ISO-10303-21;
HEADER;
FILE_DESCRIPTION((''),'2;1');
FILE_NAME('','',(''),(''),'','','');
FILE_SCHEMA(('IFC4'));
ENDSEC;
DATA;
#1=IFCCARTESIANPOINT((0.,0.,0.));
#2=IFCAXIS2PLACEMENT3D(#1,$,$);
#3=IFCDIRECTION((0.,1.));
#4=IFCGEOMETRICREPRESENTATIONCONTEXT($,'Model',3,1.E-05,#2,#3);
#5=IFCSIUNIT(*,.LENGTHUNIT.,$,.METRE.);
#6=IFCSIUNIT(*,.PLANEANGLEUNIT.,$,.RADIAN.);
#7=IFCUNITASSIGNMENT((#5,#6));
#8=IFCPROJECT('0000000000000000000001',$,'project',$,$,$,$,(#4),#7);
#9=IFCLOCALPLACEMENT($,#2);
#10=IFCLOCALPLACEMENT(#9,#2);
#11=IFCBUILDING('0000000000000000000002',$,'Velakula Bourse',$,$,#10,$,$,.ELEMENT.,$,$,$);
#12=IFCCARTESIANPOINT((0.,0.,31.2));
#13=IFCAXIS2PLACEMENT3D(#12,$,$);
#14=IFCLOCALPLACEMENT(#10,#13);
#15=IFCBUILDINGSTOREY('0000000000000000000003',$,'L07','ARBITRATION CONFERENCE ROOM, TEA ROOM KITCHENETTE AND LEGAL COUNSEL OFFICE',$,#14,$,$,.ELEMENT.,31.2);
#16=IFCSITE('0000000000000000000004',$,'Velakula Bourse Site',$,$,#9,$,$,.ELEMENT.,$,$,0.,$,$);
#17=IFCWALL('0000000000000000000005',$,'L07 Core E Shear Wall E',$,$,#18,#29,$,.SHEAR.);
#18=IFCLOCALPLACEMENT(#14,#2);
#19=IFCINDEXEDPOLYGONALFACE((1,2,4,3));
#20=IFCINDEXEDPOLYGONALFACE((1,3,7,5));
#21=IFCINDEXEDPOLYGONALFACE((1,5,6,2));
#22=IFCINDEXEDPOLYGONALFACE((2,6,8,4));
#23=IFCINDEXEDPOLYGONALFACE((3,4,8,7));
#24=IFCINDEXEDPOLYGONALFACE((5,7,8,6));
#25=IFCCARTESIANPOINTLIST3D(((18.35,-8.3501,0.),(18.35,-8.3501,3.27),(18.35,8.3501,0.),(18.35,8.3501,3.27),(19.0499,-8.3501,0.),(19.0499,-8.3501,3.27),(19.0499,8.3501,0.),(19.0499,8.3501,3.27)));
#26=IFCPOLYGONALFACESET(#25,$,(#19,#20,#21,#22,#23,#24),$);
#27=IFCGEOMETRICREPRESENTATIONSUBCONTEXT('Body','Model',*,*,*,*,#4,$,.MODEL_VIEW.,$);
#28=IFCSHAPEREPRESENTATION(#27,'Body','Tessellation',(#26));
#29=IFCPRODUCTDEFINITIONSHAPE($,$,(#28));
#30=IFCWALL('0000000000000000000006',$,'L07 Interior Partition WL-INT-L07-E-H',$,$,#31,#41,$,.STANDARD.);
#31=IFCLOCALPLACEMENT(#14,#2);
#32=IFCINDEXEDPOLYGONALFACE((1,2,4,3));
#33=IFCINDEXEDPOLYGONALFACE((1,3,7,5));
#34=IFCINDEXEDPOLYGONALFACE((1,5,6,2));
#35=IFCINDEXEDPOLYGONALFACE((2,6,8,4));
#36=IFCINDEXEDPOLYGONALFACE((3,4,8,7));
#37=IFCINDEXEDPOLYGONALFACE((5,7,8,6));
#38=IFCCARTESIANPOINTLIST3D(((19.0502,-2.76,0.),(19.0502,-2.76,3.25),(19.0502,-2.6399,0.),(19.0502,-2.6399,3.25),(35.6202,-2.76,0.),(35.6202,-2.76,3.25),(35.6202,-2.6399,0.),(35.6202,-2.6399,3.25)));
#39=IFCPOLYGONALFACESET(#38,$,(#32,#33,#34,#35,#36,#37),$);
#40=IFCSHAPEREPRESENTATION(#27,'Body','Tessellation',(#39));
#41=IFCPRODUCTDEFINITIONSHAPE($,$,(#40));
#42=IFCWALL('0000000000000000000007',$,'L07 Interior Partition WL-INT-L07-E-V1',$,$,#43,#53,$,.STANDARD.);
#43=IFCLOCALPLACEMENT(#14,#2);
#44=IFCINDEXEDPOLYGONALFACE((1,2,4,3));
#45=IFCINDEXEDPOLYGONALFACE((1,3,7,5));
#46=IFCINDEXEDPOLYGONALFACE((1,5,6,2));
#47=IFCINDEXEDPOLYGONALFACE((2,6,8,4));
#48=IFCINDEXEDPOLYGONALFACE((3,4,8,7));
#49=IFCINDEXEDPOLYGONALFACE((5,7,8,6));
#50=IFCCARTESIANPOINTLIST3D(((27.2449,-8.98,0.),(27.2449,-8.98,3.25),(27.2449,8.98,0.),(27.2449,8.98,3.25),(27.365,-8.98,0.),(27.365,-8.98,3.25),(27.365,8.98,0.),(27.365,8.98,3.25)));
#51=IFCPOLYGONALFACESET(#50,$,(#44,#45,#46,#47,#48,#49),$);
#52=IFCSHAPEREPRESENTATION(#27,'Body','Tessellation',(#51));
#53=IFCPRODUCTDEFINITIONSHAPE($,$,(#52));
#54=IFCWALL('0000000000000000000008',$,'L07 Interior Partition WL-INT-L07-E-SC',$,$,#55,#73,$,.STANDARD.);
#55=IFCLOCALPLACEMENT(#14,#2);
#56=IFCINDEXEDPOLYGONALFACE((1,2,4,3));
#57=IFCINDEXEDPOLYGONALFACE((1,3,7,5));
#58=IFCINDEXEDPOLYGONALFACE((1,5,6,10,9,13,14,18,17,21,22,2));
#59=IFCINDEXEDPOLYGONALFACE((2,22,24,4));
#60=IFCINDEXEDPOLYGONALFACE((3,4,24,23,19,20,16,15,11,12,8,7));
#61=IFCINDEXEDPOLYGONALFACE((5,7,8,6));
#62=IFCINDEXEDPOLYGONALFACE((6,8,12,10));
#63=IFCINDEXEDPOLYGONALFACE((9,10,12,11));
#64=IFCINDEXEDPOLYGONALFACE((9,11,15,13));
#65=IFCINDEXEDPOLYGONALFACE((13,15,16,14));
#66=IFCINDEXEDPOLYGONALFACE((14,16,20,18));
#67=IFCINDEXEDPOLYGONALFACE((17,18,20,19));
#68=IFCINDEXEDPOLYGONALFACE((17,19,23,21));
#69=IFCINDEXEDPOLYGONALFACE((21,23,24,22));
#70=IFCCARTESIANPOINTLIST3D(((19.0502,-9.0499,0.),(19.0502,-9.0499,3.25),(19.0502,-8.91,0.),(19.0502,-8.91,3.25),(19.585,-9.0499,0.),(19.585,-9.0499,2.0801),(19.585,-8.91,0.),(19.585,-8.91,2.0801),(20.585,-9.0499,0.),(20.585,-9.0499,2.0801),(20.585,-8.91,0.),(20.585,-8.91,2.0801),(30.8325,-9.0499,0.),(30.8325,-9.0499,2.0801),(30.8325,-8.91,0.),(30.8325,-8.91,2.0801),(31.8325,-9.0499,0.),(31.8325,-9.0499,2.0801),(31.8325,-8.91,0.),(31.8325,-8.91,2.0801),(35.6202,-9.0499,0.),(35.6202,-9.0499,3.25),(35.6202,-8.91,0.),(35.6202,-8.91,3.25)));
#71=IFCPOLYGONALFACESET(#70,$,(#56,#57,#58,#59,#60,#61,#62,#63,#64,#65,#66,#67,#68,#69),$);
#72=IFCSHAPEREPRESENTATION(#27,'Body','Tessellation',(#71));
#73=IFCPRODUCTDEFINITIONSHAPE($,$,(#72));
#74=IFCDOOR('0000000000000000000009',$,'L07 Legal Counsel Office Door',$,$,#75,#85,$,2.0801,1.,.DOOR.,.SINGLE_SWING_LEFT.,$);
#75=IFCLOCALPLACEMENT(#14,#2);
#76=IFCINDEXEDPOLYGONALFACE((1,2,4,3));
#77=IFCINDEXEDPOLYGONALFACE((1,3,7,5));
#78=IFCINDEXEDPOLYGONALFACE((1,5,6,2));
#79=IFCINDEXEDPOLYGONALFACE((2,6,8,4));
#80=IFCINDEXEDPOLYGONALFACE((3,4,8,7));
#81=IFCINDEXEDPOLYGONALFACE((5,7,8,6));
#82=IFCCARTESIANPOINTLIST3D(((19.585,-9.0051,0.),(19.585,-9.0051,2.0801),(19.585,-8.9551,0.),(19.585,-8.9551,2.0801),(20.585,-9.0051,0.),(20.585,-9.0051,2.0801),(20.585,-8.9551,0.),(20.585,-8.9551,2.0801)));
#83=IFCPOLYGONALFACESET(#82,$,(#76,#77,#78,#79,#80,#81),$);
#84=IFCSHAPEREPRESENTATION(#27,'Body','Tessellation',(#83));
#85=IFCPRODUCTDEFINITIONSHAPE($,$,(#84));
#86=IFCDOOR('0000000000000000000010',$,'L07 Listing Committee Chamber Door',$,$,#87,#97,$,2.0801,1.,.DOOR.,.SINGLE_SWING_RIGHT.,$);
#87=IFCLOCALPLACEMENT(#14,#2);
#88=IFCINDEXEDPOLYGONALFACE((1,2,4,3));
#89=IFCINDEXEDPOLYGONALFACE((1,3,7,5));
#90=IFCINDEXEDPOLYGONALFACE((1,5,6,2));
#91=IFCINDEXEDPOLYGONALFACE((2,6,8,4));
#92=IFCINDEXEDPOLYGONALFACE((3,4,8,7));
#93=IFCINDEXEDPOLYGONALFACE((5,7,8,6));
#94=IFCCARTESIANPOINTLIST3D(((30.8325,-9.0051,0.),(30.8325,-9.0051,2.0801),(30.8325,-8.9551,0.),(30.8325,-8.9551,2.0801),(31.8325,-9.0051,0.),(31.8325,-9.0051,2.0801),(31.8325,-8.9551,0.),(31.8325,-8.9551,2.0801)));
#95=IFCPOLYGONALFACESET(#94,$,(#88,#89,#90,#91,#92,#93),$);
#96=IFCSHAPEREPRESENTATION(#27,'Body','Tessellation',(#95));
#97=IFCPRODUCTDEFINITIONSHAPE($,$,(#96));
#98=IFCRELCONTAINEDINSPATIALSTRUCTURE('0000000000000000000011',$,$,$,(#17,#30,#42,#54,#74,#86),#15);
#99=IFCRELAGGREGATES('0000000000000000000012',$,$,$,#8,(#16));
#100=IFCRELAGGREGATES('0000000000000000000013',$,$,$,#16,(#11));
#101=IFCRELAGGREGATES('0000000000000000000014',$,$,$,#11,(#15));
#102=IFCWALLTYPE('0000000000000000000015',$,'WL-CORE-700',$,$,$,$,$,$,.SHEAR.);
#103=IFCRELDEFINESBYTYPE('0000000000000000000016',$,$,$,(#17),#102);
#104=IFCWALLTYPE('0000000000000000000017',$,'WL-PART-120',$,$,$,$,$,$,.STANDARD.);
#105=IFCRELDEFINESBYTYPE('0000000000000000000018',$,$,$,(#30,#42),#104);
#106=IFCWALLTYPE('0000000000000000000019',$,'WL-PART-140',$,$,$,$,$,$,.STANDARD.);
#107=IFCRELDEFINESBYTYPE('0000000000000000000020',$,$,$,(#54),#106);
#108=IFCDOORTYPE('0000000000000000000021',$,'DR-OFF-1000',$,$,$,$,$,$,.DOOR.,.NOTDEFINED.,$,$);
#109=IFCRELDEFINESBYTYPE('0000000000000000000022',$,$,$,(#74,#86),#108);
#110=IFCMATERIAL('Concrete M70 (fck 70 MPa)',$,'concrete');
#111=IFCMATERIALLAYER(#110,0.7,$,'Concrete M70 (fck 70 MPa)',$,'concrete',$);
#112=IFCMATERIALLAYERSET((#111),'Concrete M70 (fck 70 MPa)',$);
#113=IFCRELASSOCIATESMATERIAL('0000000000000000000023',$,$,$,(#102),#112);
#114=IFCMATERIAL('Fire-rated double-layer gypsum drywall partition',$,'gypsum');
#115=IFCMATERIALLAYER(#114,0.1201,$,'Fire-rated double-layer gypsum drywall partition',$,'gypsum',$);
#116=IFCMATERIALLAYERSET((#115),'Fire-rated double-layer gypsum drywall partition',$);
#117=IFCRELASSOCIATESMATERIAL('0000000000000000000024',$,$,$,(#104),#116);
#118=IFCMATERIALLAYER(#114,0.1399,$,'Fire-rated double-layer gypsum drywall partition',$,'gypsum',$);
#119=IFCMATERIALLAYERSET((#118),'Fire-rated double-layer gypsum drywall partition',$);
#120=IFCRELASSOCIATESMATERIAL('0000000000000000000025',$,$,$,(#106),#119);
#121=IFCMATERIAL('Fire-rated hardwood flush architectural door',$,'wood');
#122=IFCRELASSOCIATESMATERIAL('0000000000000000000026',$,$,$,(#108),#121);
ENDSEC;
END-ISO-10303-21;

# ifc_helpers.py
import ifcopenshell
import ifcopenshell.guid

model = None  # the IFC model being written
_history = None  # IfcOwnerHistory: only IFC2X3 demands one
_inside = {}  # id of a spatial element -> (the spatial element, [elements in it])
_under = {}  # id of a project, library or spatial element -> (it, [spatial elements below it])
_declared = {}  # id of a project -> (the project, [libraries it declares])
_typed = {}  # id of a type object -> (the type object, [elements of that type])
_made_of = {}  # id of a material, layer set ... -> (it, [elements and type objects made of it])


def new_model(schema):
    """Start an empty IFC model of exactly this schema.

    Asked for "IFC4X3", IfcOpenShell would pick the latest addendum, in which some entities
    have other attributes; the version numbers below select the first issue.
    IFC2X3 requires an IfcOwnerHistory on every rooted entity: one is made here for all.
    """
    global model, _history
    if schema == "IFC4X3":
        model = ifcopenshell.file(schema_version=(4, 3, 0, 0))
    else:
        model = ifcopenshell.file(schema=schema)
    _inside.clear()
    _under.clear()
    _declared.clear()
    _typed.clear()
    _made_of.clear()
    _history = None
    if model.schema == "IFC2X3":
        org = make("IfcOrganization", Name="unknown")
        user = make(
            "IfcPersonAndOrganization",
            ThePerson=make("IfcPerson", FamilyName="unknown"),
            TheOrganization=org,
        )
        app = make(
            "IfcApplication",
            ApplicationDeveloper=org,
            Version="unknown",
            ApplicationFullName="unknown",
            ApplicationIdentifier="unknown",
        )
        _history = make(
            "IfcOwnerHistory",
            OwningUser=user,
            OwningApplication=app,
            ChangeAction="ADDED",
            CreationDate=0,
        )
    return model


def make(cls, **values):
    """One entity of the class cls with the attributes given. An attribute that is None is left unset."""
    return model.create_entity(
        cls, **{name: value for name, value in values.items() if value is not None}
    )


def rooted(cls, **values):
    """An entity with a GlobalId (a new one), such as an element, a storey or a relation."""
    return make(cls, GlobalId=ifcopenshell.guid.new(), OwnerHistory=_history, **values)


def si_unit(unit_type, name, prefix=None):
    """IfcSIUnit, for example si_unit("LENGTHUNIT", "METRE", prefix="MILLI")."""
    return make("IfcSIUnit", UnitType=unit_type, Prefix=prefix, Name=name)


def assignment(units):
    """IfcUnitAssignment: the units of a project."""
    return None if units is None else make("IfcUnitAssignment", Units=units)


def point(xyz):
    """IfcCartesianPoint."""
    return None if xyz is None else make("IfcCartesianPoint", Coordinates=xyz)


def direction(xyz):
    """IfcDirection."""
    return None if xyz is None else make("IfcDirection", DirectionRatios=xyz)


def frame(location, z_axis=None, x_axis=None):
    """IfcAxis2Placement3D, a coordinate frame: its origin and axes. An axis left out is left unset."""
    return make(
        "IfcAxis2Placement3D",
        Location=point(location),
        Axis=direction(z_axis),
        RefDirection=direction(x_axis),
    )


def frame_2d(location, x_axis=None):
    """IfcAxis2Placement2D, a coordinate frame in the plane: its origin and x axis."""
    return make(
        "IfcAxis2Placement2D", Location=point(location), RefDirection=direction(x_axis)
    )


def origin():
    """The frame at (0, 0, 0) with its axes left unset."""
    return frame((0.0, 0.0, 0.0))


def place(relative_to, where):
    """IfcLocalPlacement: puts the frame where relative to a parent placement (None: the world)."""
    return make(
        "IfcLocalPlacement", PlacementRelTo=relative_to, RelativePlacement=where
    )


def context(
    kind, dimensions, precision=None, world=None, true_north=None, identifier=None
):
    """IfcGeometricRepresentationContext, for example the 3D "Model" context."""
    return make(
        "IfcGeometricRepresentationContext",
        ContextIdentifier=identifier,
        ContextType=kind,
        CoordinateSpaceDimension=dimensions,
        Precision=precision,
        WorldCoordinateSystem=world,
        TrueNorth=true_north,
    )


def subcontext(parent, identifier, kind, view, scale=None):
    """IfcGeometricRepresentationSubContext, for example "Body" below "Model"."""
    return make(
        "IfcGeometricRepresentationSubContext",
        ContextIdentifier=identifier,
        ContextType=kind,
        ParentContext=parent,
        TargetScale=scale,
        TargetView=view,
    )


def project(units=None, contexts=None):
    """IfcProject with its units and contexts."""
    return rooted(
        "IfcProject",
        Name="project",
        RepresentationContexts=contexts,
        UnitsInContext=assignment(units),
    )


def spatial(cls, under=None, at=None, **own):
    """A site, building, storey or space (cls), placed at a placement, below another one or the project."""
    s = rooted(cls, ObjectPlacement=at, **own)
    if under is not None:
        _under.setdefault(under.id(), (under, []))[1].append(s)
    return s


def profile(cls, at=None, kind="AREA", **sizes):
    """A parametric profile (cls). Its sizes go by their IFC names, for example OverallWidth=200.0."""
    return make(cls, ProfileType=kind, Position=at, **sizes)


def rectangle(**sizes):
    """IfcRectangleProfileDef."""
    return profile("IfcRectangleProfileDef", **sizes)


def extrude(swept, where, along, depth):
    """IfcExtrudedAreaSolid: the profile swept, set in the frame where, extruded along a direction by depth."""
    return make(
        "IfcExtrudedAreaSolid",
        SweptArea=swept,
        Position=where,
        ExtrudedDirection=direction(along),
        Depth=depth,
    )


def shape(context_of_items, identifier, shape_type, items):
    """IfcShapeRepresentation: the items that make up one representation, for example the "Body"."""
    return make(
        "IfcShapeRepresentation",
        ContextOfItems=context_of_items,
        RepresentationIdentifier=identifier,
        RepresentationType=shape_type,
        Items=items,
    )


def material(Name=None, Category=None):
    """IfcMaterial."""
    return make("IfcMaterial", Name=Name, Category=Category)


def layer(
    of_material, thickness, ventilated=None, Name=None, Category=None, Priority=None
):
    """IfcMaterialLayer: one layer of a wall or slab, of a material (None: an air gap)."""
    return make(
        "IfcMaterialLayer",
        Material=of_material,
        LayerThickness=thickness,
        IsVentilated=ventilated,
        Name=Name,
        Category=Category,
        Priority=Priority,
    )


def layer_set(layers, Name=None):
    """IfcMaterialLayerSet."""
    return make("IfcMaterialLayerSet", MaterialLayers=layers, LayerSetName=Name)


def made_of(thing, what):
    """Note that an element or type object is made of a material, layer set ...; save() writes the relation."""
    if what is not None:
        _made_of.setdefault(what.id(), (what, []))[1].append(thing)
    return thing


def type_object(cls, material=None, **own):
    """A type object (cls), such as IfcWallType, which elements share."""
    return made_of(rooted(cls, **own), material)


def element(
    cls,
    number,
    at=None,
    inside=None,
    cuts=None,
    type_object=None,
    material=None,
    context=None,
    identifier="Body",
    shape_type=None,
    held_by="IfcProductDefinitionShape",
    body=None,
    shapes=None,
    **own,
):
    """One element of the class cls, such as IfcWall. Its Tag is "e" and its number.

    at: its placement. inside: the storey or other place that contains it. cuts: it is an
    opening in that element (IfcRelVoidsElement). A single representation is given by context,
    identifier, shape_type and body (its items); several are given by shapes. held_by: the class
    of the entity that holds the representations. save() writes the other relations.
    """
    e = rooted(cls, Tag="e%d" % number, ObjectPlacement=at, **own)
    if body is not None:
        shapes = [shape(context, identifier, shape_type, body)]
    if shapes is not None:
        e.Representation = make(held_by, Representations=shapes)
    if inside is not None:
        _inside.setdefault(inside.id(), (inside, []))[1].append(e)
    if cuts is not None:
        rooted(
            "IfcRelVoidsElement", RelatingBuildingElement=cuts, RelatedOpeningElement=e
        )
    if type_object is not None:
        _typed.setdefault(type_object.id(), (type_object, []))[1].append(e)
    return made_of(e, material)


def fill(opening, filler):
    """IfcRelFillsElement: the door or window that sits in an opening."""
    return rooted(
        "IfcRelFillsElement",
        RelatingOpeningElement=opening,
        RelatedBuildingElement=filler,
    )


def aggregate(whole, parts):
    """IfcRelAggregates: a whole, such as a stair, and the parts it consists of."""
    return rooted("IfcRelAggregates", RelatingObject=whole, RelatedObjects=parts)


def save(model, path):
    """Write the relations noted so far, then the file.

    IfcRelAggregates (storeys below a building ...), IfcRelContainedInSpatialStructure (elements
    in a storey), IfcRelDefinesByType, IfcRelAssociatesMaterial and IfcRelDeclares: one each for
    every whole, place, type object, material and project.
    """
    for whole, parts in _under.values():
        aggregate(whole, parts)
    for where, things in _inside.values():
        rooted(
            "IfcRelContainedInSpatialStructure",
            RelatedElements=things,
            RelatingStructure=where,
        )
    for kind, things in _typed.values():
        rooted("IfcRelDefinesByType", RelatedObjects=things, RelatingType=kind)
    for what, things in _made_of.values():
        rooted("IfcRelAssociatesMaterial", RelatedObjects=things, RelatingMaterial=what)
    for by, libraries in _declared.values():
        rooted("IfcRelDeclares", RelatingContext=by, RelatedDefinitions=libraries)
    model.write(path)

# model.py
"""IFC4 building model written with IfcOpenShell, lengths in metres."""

from ifc_helpers import new_model, si_unit, direction, frame, frame_2d, origin, place, context, subcontext, project, spatial, rectangle, extrude, material, layer, layer_set, type_object, element, fill, save


model = new_model("IFC4")

# Units and contexts
model_context = context("Model", 3, precision=1e-05, world=origin(), true_north=direction((0.0, 1.0)))
body_context = subcontext(model_context, "Body", "Model", "MODEL_VIEW")
ifc_project = project(units=[si_unit("LENGTHUNIT", "METRE"), si_unit("PLANEANGLEUNIT", "RADIAN")], contexts=[model_context])

# Site, building, storey
site_placement = place(None, origin())
site = spatial("IfcSite", under=ifc_project, at=site_placement, Name="Velakula Bourse Site", CompositionType="ELEMENT", RefElevation=0.0)
building_placement = place(site_placement, origin())
building = spatial("IfcBuilding", under=site, at=building_placement, Name="Velakula Bourse", CompositionType="ELEMENT")
storey_placement = place(building_placement, frame((0.0, 0.0, 31.2)))
storey = spatial("IfcBuildingStorey", under=building, at=storey_placement, Name="L07", Description="ARBITRATION CONFERENCE ROOM, TEA ROOM KITCHENETTE AND LEGAL COUNSEL OFFICE", CompositionType="ELEMENT", Elevation=31.2)

# Shared definitions
ifc_material_1 = material(Name="Concrete M70 (fck 70 MPa)", Category="concrete")

# Walls
ifc_layer_1 = layer(ifc_material_1, 0.7, Name="Concrete M70 (fck 70 MPa)", Category="concrete")
ifc_layer_set_1 = layer_set([ifc_layer_1], Name="Concrete M70 (fck 70 MPa)")
wall_type_1 = type_object("IfcWallType", Name="WL-CORE-700", PredefinedType="SHEAR", material=ifc_layer_set_1)
wall_1_placement = place(storey_placement, frame((18.7, -8.3501, 0.0), z_axis=(0.0, 0.0, 1.0), x_axis=(0.0, 1.0, 0.0)))
element("IfcWall", 1, at=wall_1_placement, inside=storey, type_object=wall_type_1, Name="L07 Core E Shear Wall E", PredefinedType="SHEAR", context=body_context, shape_type="SweptSolid", body=[
    extrude(rectangle(XDim=16.7002, YDim=0.7, at=frame_2d((8.3501, 0.0))), origin(), (0.0, 0.0, 1.0), 3.27),
])
ifc_material_2 = material(Name="Fire-rated double-layer gypsum drywall partition", Category="gypsum")
ifc_layer_2 = layer(ifc_material_2, 0.1201, Name="Fire-rated double-layer gypsum drywall partition", Category="gypsum")
ifc_layer_set_2 = layer_set([ifc_layer_2], Name="Fire-rated double-layer gypsum drywall partition")
wall_type_2 = type_object("IfcWallType", Name="WL-PART-120", PredefinedType="STANDARD", material=ifc_layer_set_2)
wall_2_placement = place(storey_placement, frame((19.05, -2.7, 0.0), z_axis=(0.0, 0.0, 1.0), x_axis=(1.0, 0.0, 0.0)))
element("IfcWall", 2, at=wall_2_placement, inside=storey, type_object=wall_type_2, Name="L07 Interior Partition WL-INT-L07-E-H", PredefinedType="STANDARD", context=body_context, shape_type="SweptSolid", body=[
    extrude(rectangle(XDim=16.5701, YDim=0.1201, at=frame_2d((8.2852, 0.0))), origin(), (0.0, 0.0, 1.0), 3.25),
])
wall_3_placement = place(storey_placement, frame((27.3049, -8.98, 0.0), z_axis=(0.0, 0.0, 1.0), x_axis=(0.0, 1.0, 0.0)))
element("IfcWall", 3, at=wall_3_placement, inside=storey, type_object=wall_type_2, Name="L07 Interior Partition WL-INT-L07-E-V1", PredefinedType="STANDARD", context=body_context, shape_type="SweptSolid", body=[
    extrude(rectangle(XDim=17.96, YDim=0.1201, at=frame_2d((8.98, 0.0))), origin(), (0.0, 0.0, 1.0), 3.25),
])

# Wall, openings, doors
ifc_layer_3 = layer(ifc_material_2, 0.1399, Name="Fire-rated double-layer gypsum drywall partition", Category="gypsum")
ifc_layer_set_3 = layer_set([ifc_layer_3], Name="Fire-rated double-layer gypsum drywall partition")
wall_type_3 = type_object("IfcWallType", Name="WL-PART-140", PredefinedType="STANDARD", material=ifc_layer_set_3)
wall_4_placement = place(storey_placement, frame((19.05, -8.98, 0.0), z_axis=(0.0, 0.0, 1.0), x_axis=(1.0, 0.0, 0.0)))
wall_4 = element("IfcWall", 4, at=wall_4_placement, inside=storey, type_object=wall_type_3, Name="L07 Interior Partition WL-INT-L07-E-SC", PredefinedType="STANDARD", context=body_context, shape_type="SweptSolid", body=[
    extrude(rectangle(XDim=16.5701, YDim=0.1399, at=frame_2d((8.2852, 0.0))), origin(), (0.0, 0.0, 1.0), 3.25),
])
opening_1_placement = place(wall_4_placement, frame((0.5349, 0.0, 0.0)))
opening_1 = element("IfcOpeningElement", 5, at=opening_1_placement, cuts=wall_4, PredefinedType="OPENING", context=body_context, shape_type="SweptSolid", body=[
    extrude(rectangle(XDim=1.0, YDim=2.0801, at=frame_2d((0.5, 1.04))), frame((0.0, 0.0798, 0.0), z_axis=(0.0, -1.0, 0.0), x_axis=(1.0, 0.0, 0.0)), (0.0, 0.0, 1.0), 0.1599),
])
opening_2_placement = place(wall_4_placement, frame((11.7825, 0.0, 0.0)))
opening_2 = element("IfcOpeningElement", 6, at=opening_2_placement, cuts=wall_4, PredefinedType="OPENING", context=body_context, shape_type="SweptSolid", body=[
    extrude(rectangle(XDim=1.0, YDim=2.0801, at=frame_2d((0.5, 1.04))), frame((0.0, 0.0798, 0.0), z_axis=(0.0, -1.0, 0.0), x_axis=(1.0, 0.0, 0.0)), (0.0, 0.0, 1.0), 0.1599),
])
ifc_material_3 = material(Name="Fire-rated hardwood flush architectural door", Category="wood")
door_type = type_object("IfcDoorType", Name="DR-OFF-1000", OperationType="NOTDEFINED", PredefinedType="DOOR", material=ifc_material_3)
door_1_placement = place(opening_1_placement, origin())
door_1 = element("IfcDoor", 7, at=door_1_placement, inside=storey, type_object=door_type, Name="L07 Legal Counsel Office Door", OperationType="SINGLE_SWING_LEFT", OverallHeight=2.0801, OverallWidth=1.0, PredefinedType="DOOR", context=body_context, shape_type="SweptSolid", body=[
    extrude(rectangle(XDim=1.0, YDim=2.0801, at=frame_2d((0.5, 1.04))), frame((0.0, 0.0249, 0.0), z_axis=(0.0, -1.0, 0.0), x_axis=(1.0, 0.0, 0.0)), (0.0, 0.0, 1.0), 0.05),
])
fill(opening_1, door_1)
door_2_placement = place(opening_2_placement, origin())
door_2 = element("IfcDoor", 8, at=door_2_placement, inside=storey, type_object=door_type, Name="L07 Listing Committee Chamber Door", OperationType="SINGLE_SWING_RIGHT", OverallHeight=2.0801, OverallWidth=1.0, PredefinedType="DOOR", context=body_context, shape_type="SweptSolid", body=[
    extrude(rectangle(XDim=1.0, YDim=2.0801, at=frame_2d((0.5, 1.04))), frame((0.0, 0.0249, 0.0), z_axis=(0.0, -1.0, 0.0), x_axis=(1.0, 0.0, 0.0)), (0.0, 0.0, 1.0), 0.05),
])
fill(opening_2, door_2)

save(model, "model.ifc")
